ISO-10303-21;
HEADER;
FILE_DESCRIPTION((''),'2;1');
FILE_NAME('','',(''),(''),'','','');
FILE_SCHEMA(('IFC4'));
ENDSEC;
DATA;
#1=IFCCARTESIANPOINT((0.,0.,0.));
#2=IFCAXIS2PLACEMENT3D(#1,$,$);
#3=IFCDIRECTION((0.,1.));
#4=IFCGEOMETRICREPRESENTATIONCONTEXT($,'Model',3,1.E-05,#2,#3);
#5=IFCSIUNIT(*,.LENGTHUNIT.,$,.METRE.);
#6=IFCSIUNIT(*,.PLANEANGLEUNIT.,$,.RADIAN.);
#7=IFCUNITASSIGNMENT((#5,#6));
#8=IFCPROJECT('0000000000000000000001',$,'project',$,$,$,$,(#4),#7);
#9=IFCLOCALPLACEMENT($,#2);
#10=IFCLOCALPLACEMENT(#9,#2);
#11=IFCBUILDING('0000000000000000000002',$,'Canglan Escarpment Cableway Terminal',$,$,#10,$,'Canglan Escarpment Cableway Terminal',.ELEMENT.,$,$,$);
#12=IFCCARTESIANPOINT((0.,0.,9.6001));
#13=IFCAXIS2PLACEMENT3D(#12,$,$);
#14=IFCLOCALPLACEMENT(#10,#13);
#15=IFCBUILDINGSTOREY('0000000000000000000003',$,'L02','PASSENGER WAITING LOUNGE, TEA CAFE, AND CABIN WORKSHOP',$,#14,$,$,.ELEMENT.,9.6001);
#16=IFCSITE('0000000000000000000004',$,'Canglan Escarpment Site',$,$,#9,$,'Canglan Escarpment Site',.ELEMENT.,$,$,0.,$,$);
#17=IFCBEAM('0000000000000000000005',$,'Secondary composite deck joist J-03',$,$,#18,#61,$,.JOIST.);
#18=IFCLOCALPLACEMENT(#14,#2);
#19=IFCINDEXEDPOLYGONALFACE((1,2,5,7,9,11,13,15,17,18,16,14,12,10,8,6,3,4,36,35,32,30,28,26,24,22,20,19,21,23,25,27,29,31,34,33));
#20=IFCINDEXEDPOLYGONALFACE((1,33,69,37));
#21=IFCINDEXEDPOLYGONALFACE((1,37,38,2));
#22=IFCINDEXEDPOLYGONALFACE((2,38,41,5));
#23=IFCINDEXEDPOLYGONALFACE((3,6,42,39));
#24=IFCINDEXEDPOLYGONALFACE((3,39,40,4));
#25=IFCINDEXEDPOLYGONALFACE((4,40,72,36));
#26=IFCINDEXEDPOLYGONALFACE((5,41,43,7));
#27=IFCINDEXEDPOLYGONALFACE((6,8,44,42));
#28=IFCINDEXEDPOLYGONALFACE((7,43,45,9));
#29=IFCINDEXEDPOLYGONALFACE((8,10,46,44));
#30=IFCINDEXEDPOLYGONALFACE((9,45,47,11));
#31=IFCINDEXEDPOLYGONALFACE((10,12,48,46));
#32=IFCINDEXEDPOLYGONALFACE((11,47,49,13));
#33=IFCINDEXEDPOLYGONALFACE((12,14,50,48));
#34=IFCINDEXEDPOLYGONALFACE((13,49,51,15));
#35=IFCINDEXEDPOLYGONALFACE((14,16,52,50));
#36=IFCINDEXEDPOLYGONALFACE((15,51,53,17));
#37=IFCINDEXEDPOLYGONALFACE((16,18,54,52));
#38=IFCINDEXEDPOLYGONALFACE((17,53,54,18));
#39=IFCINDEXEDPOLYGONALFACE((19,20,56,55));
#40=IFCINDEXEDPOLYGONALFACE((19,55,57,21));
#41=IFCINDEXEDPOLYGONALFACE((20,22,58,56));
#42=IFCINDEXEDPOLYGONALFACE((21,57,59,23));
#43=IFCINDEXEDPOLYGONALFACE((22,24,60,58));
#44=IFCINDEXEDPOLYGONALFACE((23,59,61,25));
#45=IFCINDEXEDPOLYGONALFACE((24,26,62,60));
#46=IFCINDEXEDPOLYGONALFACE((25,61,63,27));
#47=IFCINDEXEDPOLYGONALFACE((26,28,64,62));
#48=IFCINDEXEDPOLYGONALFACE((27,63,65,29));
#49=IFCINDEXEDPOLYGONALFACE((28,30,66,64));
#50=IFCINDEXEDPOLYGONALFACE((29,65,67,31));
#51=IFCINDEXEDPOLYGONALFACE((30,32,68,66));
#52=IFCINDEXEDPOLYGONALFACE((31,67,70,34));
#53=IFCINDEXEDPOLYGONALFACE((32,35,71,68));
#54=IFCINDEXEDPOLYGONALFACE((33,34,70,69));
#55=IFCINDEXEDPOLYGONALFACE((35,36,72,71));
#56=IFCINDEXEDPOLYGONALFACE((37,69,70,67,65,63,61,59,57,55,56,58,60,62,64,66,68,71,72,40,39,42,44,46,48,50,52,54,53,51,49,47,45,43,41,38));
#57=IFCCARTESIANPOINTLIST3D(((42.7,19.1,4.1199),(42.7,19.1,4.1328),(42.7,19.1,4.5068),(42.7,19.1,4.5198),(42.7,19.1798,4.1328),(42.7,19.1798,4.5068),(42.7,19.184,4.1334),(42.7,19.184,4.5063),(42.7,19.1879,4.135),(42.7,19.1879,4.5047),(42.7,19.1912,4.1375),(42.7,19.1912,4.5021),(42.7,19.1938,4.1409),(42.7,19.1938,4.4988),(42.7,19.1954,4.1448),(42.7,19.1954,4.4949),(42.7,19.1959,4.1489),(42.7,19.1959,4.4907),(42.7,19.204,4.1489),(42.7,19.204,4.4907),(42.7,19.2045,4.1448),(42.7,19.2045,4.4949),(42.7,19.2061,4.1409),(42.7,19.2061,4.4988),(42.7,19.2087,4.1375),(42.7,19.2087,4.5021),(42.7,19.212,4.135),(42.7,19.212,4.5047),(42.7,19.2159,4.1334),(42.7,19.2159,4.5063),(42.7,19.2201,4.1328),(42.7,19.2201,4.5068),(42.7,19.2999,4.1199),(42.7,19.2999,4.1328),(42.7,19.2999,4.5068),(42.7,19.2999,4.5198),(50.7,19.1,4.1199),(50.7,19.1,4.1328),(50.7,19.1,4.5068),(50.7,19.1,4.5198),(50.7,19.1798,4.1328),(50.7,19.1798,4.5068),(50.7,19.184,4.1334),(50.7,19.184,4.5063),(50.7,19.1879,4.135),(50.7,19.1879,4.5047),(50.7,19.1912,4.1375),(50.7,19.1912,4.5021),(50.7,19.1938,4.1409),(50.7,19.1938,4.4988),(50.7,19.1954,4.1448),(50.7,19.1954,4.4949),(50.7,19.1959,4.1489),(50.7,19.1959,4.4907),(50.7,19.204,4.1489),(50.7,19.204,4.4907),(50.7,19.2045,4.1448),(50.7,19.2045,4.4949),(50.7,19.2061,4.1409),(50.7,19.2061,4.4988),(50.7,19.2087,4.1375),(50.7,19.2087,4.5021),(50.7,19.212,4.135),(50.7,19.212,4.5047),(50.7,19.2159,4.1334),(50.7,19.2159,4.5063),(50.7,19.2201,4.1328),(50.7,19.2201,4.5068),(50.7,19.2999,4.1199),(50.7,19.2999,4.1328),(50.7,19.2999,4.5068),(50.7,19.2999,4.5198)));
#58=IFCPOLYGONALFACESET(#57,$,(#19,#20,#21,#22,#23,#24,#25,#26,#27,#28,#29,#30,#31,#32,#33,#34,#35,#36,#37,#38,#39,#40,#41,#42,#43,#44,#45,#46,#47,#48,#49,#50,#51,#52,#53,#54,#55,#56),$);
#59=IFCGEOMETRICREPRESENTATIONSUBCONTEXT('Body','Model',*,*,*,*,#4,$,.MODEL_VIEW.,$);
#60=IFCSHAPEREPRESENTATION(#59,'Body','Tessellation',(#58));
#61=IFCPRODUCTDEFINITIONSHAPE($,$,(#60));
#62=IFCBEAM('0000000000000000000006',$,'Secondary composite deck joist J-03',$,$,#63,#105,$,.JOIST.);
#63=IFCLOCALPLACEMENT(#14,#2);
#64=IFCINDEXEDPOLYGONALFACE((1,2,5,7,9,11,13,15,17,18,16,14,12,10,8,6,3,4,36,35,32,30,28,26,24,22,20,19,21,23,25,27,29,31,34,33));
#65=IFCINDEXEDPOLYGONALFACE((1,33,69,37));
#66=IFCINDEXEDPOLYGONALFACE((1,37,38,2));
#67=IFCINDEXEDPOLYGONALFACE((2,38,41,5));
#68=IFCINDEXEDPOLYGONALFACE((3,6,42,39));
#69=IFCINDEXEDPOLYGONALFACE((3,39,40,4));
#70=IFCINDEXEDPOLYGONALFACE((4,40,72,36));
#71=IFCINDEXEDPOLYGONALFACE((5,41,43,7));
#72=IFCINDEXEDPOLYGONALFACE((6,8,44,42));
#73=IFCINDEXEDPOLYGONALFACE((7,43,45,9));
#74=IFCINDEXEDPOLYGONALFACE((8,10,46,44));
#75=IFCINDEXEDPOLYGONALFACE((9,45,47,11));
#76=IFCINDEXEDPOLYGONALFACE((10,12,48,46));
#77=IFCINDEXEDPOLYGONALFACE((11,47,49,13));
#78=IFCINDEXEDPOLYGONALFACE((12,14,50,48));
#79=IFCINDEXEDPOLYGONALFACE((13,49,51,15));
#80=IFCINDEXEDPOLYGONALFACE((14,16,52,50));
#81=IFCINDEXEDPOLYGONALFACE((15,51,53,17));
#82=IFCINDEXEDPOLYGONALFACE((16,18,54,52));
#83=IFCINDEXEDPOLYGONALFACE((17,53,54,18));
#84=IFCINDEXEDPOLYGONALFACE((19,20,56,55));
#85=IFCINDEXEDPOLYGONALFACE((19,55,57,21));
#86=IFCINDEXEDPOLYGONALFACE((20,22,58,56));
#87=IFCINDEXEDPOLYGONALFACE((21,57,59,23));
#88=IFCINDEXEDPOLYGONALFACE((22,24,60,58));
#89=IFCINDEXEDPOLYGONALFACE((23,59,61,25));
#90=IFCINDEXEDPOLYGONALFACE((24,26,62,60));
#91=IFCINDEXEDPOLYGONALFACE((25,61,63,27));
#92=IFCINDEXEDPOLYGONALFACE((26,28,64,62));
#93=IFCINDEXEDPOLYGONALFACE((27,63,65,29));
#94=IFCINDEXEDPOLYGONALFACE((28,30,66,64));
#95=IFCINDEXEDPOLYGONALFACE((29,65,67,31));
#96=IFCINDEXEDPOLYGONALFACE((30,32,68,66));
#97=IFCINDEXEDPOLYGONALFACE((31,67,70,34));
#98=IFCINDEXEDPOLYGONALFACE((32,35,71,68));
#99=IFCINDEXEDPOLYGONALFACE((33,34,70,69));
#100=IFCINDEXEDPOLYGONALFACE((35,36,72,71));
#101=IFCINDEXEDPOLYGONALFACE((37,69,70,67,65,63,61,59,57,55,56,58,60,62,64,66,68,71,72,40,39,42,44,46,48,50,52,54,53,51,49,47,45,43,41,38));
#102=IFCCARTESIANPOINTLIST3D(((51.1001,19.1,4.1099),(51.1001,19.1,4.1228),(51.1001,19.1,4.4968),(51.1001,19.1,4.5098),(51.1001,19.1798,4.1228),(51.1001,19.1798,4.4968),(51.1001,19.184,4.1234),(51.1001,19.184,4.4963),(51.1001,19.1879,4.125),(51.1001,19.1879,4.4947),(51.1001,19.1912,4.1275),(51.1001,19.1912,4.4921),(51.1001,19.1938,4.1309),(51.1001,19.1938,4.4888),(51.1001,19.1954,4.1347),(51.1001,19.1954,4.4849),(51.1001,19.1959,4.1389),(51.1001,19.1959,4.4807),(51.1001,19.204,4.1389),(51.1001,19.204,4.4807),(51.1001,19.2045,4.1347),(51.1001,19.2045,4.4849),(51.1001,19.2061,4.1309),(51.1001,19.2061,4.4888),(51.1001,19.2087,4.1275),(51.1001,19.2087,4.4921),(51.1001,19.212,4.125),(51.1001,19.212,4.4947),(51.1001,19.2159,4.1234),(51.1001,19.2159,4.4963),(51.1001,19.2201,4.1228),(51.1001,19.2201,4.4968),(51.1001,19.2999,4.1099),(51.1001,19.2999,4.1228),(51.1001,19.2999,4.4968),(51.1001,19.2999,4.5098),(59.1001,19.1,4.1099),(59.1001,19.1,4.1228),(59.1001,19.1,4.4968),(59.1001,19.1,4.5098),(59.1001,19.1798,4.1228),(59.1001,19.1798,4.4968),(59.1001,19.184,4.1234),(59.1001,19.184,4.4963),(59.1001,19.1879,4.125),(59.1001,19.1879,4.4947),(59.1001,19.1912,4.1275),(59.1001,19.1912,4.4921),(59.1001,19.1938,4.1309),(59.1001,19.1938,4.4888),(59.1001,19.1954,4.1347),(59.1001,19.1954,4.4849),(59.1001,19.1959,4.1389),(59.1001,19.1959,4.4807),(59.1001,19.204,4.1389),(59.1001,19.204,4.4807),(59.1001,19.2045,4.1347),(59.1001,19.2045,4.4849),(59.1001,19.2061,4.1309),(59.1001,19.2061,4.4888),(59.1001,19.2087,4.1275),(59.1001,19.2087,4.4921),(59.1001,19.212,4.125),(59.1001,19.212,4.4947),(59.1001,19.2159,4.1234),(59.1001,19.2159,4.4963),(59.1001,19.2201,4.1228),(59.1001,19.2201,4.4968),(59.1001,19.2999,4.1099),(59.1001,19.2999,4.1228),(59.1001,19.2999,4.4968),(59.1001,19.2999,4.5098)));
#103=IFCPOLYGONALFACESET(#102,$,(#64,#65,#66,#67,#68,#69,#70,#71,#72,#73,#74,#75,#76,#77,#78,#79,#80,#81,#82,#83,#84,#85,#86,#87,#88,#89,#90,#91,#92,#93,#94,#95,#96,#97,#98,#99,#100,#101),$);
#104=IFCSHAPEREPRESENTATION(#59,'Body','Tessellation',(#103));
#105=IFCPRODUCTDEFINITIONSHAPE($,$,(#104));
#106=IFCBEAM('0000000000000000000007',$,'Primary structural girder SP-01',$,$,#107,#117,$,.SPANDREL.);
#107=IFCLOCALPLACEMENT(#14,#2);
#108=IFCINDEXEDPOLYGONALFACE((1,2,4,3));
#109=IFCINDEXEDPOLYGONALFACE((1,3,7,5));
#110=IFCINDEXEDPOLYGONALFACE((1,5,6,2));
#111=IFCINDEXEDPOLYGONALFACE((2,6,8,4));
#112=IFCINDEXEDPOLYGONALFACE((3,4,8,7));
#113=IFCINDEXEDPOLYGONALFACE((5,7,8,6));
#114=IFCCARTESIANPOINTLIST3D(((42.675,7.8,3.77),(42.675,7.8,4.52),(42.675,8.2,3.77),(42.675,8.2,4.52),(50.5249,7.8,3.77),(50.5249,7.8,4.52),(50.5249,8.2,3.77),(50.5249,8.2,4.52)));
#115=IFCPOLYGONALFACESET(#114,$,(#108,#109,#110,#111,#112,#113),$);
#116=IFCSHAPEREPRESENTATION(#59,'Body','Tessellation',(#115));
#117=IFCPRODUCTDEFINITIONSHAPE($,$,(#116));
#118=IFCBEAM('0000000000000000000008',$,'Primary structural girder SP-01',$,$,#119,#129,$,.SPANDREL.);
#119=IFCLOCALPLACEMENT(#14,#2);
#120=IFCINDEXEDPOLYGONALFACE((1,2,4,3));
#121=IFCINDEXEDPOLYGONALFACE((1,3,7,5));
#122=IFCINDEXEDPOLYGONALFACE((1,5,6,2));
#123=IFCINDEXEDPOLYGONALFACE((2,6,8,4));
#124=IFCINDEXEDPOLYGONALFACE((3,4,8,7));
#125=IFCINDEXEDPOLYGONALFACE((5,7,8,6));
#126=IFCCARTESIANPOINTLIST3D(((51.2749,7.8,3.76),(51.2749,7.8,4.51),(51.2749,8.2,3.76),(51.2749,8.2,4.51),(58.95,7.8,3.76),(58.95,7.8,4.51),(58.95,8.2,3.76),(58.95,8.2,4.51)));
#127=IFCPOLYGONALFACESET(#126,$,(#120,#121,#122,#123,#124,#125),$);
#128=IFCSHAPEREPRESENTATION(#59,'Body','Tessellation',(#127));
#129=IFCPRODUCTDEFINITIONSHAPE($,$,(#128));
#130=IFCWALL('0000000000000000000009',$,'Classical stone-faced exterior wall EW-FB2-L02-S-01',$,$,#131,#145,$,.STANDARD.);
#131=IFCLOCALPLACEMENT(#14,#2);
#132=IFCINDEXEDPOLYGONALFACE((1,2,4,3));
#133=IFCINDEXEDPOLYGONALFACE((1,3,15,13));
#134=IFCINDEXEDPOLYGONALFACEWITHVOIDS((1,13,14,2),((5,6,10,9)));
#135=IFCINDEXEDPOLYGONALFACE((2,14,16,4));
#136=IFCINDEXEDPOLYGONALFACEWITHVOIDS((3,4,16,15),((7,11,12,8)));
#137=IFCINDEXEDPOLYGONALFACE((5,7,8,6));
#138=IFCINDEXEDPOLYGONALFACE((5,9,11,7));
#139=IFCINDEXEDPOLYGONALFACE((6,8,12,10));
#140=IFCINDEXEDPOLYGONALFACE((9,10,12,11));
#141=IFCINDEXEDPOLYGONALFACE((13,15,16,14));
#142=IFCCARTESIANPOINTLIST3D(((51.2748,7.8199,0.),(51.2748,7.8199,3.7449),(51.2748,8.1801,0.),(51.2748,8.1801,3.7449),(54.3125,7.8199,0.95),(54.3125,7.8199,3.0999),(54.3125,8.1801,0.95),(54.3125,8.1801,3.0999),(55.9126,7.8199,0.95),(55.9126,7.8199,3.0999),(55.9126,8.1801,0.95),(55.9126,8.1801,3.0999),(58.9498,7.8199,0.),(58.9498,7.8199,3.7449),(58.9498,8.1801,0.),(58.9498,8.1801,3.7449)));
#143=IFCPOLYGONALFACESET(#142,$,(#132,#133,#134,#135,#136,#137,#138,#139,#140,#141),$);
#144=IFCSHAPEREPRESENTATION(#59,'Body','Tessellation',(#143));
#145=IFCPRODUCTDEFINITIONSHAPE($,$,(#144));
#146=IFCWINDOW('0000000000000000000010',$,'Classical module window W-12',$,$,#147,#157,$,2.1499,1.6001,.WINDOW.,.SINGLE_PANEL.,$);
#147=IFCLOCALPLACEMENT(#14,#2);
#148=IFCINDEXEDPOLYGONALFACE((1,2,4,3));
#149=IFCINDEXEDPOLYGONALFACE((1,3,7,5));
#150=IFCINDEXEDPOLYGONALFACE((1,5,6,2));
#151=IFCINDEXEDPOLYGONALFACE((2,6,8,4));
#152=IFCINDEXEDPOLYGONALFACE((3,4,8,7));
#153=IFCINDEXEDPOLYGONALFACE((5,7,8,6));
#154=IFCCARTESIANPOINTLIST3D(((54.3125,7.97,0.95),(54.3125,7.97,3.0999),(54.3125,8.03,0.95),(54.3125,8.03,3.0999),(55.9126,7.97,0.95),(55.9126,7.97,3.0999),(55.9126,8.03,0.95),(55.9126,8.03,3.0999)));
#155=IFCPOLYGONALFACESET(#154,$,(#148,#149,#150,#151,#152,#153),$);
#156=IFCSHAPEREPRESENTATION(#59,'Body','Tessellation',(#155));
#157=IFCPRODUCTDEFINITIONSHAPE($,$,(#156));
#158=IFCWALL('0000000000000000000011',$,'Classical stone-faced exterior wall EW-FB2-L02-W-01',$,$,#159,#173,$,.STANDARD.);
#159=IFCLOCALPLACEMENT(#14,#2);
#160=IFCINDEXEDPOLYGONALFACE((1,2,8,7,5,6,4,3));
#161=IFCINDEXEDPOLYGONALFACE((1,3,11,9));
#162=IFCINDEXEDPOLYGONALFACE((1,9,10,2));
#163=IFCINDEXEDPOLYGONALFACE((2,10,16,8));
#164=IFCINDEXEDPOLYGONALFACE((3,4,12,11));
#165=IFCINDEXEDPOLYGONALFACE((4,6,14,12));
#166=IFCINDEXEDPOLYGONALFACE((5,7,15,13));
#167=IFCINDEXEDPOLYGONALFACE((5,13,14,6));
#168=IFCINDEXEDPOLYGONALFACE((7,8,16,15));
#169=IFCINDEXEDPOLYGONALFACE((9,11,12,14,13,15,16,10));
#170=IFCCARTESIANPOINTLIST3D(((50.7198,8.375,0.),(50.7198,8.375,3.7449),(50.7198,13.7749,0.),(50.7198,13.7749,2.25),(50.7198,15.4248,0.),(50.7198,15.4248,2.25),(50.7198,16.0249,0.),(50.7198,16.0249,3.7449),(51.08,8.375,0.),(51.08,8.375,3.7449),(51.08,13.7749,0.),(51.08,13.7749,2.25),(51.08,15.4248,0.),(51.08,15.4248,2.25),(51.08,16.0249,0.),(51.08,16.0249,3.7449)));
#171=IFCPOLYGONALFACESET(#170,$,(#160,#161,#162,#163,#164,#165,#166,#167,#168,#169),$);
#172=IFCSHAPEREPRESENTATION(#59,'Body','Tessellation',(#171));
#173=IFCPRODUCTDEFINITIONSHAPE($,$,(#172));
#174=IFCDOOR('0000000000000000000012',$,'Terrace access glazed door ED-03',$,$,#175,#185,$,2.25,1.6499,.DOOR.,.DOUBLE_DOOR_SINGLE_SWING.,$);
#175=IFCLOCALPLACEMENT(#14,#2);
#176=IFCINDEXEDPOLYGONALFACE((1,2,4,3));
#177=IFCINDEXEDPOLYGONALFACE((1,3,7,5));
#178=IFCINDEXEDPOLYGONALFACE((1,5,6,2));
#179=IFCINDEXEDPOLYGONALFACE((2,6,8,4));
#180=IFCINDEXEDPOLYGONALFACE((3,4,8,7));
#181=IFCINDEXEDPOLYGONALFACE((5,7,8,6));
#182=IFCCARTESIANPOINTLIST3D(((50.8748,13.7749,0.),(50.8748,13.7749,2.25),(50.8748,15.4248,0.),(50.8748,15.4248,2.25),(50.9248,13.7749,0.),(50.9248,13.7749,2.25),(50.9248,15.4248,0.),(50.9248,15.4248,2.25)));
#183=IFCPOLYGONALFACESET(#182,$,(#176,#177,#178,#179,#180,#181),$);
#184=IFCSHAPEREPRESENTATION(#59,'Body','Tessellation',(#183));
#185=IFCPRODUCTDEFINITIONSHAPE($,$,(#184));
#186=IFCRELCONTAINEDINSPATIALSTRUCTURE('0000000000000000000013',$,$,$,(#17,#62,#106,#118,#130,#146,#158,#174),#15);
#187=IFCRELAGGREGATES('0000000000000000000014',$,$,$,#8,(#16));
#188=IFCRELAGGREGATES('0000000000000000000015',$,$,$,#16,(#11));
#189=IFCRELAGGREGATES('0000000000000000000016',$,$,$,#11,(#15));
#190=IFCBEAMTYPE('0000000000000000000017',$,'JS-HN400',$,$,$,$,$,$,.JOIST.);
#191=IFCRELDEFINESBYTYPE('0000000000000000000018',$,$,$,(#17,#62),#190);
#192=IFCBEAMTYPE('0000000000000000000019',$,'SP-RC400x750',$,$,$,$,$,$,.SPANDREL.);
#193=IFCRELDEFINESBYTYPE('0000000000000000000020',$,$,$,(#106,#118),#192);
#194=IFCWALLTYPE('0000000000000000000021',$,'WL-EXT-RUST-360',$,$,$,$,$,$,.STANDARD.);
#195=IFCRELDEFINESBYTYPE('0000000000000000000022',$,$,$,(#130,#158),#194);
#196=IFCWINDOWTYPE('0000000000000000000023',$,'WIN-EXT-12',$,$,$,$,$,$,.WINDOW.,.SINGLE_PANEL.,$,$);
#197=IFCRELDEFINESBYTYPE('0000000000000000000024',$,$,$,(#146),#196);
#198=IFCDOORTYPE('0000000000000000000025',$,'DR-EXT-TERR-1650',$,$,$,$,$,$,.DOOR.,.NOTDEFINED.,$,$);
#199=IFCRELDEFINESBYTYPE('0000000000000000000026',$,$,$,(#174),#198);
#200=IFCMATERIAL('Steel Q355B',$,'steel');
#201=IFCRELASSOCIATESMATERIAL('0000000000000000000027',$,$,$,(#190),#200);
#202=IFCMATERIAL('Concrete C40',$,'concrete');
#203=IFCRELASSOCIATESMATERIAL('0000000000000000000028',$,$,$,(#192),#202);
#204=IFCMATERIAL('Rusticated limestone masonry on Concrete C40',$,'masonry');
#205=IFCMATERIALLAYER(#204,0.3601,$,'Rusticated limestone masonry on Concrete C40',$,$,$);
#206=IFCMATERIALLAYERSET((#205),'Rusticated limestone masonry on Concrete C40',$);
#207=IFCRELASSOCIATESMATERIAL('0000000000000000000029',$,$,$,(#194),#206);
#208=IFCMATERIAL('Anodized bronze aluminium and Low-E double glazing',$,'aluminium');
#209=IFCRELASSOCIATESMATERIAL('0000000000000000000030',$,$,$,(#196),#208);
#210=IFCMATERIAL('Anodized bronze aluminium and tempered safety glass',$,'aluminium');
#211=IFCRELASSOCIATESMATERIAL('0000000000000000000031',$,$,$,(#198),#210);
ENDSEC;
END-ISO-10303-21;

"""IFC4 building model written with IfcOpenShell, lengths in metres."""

from ifc_helpers import new_model, si_unit, direction, frame, frame_2d, origin, origin_2d, place, context, subcontext, project, spatial, rectangle, i_section, extrude, material, layer, layer_set, material_profile, profile_set, type_object, element, fill, save


model = new_model("IFC4")

# Units and contexts
model_context = context("Model", 3, precision=1e-05, world=origin(), true_north=direction((0.0, 1.0)))
body_context = subcontext(model_context, "Body", "Model", "MODEL_VIEW")
ifc_project = project(units=[si_unit("LENGTHUNIT", "METRE"), si_unit("PLANEANGLEUNIT", "RADIAN")], contexts=[model_context])

# Site, building, storey
site_placement = place(None, origin())
site = spatial("IfcSite", under=ifc_project, at=site_placement, Name="Canglan Escarpment Site", LongName="Canglan Escarpment Site", CompositionType="ELEMENT", RefElevation=0.0)
building_placement = place(site_placement, origin())
building = spatial("IfcBuilding", under=site, at=building_placement, Name="Canglan Escarpment Cableway Terminal", LongName="Canglan Escarpment Cableway Terminal", CompositionType="ELEMENT")
storey_placement = place(building_placement, frame((0.0, 0.0, 9.6001)))
storey = spatial("IfcBuildingStorey", under=building, at=storey_placement, Name="L02", Description="PASSENGER WAITING LOUNGE, TEA CAFE, AND CABIN WORKSHOP", CompositionType="ELEMENT", Elevation=9.6001)

# Shared definitions
ifc_material_1 = material(Name="Concrete C40", Category="concrete")

# Shared definitions
ifc_material_2 = material(Name="Anodized bronze aluminium and Low-E double glazing", Category="aluminium")

# Beams
ifc_material_3 = material(Name="Steel Q355B", Category="steel")
ifc_material_profile_1 = material_profile(ifc_material_3, i_section(OverallWidth=0.2, OverallDepth=0.3999, WebThickness=0.0081, FlangeThickness=0.0129, FilletRadius=0.0161, at=origin_2d()), Name="HN 400x200x8x13")
ifc_profile_set_1 = profile_set([ifc_material_profile_1], Name="Steel Q355B")
beam_type_1 = type_object("IfcBeamType", Name="JS-HN400", PredefinedType="JOIST", material=ifc_profile_set_1)
for number, where, z_axis, x_axis, name in (
    (1, (42.7, 19.2, 4.3198), (1.0, 0.0, 0.0), (0.0, 1.0, 0.0), "Secondary composite deck joist J-03"),
    (2, (51.1001, 19.2, 4.3098), (1.0, 0.0, 0.0), (0.0, 1.0, 0.0), "Secondary composite deck joist J-03"),
):
    element("IfcBeam", number, at=place(storey_placement, frame(where, z_axis=z_axis, x_axis=x_axis)), inside=storey, type_object=beam_type_1, Name=name, PredefinedType="JOIST", context=body_context, shape_type="SweptSolid", body=[
        extrude(i_section(OverallWidth=0.2, OverallDepth=0.3999, WebThickness=0.0081, FlangeThickness=0.0129, FilletRadius=0.0161, at=origin_2d()), origin(), (0.0, 0.0, 1.0), 8.0),
    ])
ifc_material_profile_2 = material_profile(ifc_material_1, rectangle(XDim=0.3999, YDim=0.75, at=origin_2d()), Name="RC 400x750")
ifc_profile_set_2 = profile_set([ifc_material_profile_2], Name="Concrete C40")
beam_type_2 = type_object("IfcBeamType", Name="SP-RC400x750", PredefinedType="SPANDREL", material=ifc_profile_set_2)
beam_1_placement = place(storey_placement, frame((42.675, 8.0, 4.145), z_axis=(1.0, 0.0, 0.0), x_axis=(0.0, 1.0, 0.0)))
element("IfcBeam", 3, at=beam_1_placement, inside=storey, type_object=beam_type_2, Name="Primary structural girder SP-01", PredefinedType="SPANDREL", context=body_context, shape_type="SweptSolid", body=[
    extrude(rectangle(XDim=0.3999, YDim=0.75, at=origin_2d()), origin(), (0.0, 0.0, 1.0), 7.8499),
])
beam_2_placement = place(storey_placement, frame((51.2749, 8.0, 4.135), z_axis=(1.0, 0.0, 0.0), x_axis=(0.0, 1.0, 0.0)))
element("IfcBeam", 4, at=beam_2_placement, inside=storey, type_object=beam_type_2, Name="Primary structural girder SP-01", PredefinedType="SPANDREL", context=body_context, shape_type="SweptSolid", body=[
    extrude(rectangle(XDim=0.3999, YDim=0.75, at=origin_2d()), origin(), (0.0, 0.0, 1.0), 7.675),
])

# Wall, opening, window
ifc_material_4 = material(Name="Rusticated limestone masonry on Concrete C40", Category="masonry")
ifc_layer_1 = layer(ifc_material_4, 0.3601, Name="Rusticated limestone masonry on Concrete C40")
ifc_layer_set_1 = layer_set([ifc_layer_1], Name="Rusticated limestone masonry on Concrete C40")
wall_type_1 = type_object("IfcWallType", Name="WL-EXT-RUST-360", PredefinedType="STANDARD", material=ifc_layer_set_1)
wall_1_placement = place(storey_placement, frame((51.2749, 8.0, 0.0), z_axis=(0.0, 0.0, 1.0), x_axis=(1.0, 0.0, 0.0)))
wall_1 = element("IfcWall", 5, at=wall_1_placement, inside=storey, type_object=wall_type_1, Name="Classical stone-faced exterior wall EW-FB2-L02-S-01", PredefinedType="STANDARD", context=body_context, shape_type="SweptSolid", body=[
    extrude(rectangle(XDim=7.675, YDim=0.3601, at=frame_2d((3.8374, 0.0))), origin(), (0.0, 0.0, 1.0), 3.7449),
])
opening_1_placement = place(wall_1_placement, frame((3.0376, 0.0, 0.95)))
opening_1 = element("IfcOpeningElement", 6, at=opening_1_placement, cuts=wall_1, PredefinedType="OPENING", context=body_context, shape_type="SweptSolid", body=[
    extrude(rectangle(XDim=1.6001, YDim=2.1499, at=frame_2d((0.8, 1.075))), frame((0.0, 0.1899, 0.0), z_axis=(0.0, -1.0, 0.0), x_axis=(1.0, 0.0, 0.0)), (0.0, 0.0, 1.0), 0.3801),
])
window_type = type_object("IfcWindowType", Name="WIN-EXT-12", PartitioningType="SINGLE_PANEL", PredefinedType="WINDOW", material=ifc_material_2)
window_placement = place(opening_1_placement, origin())
window = element("IfcWindow", 7, at=window_placement, inside=storey, type_object=window_type, Name="Classical module window W-12", OverallHeight=2.1499, OverallWidth=1.6001, PartitioningType="SINGLE_PANEL", PredefinedType="WINDOW", context=body_context, shape_type="SweptSolid", body=[
    extrude(rectangle(XDim=1.6001, YDim=2.1499, at=frame_2d((0.8, 1.075))), frame((0.0, 0.03, 0.0), z_axis=(0.0, -1.0, 0.0), x_axis=(1.0, 0.0, 0.0)), (0.0, 0.0, 1.0), 0.0601),
])
fill(opening_1, window)

# Wall, opening, door
wall_2_placement = place(storey_placement, frame((50.8999, 16.0249, 0.0), z_axis=(0.0, 0.0, 1.0), x_axis=(0.0, -1.0, 0.0)))
wall_2 = element("IfcWall", 8, at=wall_2_placement, inside=storey, type_object=wall_type_1, Name="Classical stone-faced exterior wall EW-FB2-L02-W-01", PredefinedType="STANDARD", context=body_context, shape_type="SweptSolid", body=[
    extrude(rectangle(XDim=7.6499, YDim=0.3601, at=frame_2d((3.825, 0.0))), origin(), (0.0, 0.0, 1.0), 3.7449),
])
opening_2_placement = place(wall_2_placement, frame((0.6001, 0.0, 0.0)))
opening_2 = element("IfcOpeningElement", 9, at=opening_2_placement, cuts=wall_2, PredefinedType="OPENING", context=body_context, shape_type="SweptSolid", body=[
    extrude(rectangle(XDim=1.6499, YDim=2.25, at=frame_2d((0.825, 1.125))), frame((0.0, 0.1899, 0.0), z_axis=(0.0, -1.0, 0.0), x_axis=(1.0, 0.0, 0.0)), (0.0, 0.0, 1.0), 0.3801),
])
ifc_material_5 = material(Name="Anodized bronze aluminium and tempered safety glass", Category="aluminium")
door_type_1 = type_object("IfcDoorType", Name="DR-EXT-TERR-1650", OperationType="NOTDEFINED", PredefinedType="DOOR", material=ifc_material_5)
door_1_placement = place(opening_2_placement, origin())
door_1 = element("IfcDoor", 10, at=door_1_placement, inside=storey, type_object=door_type_1, Name="Terrace access glazed door ED-03", OperationType="DOUBLE_DOOR_SINGLE_SWING", OverallHeight=2.25, OverallWidth=1.6499, PredefinedType="DOOR", context=body_context, shape_type="SweptSolid", body=[
    extrude(rectangle(XDim=1.6499, YDim=2.25, at=frame_2d((0.825, 1.125))), frame((0.0, 0.0249, 0.0), z_axis=(0.0, -1.0, 0.0), x_axis=(1.0, 0.0, 0.0)), (0.0, 0.0, 1.0), 0.05),
])
fill(opening_2, door_1)

save(model, "model.ifc")
